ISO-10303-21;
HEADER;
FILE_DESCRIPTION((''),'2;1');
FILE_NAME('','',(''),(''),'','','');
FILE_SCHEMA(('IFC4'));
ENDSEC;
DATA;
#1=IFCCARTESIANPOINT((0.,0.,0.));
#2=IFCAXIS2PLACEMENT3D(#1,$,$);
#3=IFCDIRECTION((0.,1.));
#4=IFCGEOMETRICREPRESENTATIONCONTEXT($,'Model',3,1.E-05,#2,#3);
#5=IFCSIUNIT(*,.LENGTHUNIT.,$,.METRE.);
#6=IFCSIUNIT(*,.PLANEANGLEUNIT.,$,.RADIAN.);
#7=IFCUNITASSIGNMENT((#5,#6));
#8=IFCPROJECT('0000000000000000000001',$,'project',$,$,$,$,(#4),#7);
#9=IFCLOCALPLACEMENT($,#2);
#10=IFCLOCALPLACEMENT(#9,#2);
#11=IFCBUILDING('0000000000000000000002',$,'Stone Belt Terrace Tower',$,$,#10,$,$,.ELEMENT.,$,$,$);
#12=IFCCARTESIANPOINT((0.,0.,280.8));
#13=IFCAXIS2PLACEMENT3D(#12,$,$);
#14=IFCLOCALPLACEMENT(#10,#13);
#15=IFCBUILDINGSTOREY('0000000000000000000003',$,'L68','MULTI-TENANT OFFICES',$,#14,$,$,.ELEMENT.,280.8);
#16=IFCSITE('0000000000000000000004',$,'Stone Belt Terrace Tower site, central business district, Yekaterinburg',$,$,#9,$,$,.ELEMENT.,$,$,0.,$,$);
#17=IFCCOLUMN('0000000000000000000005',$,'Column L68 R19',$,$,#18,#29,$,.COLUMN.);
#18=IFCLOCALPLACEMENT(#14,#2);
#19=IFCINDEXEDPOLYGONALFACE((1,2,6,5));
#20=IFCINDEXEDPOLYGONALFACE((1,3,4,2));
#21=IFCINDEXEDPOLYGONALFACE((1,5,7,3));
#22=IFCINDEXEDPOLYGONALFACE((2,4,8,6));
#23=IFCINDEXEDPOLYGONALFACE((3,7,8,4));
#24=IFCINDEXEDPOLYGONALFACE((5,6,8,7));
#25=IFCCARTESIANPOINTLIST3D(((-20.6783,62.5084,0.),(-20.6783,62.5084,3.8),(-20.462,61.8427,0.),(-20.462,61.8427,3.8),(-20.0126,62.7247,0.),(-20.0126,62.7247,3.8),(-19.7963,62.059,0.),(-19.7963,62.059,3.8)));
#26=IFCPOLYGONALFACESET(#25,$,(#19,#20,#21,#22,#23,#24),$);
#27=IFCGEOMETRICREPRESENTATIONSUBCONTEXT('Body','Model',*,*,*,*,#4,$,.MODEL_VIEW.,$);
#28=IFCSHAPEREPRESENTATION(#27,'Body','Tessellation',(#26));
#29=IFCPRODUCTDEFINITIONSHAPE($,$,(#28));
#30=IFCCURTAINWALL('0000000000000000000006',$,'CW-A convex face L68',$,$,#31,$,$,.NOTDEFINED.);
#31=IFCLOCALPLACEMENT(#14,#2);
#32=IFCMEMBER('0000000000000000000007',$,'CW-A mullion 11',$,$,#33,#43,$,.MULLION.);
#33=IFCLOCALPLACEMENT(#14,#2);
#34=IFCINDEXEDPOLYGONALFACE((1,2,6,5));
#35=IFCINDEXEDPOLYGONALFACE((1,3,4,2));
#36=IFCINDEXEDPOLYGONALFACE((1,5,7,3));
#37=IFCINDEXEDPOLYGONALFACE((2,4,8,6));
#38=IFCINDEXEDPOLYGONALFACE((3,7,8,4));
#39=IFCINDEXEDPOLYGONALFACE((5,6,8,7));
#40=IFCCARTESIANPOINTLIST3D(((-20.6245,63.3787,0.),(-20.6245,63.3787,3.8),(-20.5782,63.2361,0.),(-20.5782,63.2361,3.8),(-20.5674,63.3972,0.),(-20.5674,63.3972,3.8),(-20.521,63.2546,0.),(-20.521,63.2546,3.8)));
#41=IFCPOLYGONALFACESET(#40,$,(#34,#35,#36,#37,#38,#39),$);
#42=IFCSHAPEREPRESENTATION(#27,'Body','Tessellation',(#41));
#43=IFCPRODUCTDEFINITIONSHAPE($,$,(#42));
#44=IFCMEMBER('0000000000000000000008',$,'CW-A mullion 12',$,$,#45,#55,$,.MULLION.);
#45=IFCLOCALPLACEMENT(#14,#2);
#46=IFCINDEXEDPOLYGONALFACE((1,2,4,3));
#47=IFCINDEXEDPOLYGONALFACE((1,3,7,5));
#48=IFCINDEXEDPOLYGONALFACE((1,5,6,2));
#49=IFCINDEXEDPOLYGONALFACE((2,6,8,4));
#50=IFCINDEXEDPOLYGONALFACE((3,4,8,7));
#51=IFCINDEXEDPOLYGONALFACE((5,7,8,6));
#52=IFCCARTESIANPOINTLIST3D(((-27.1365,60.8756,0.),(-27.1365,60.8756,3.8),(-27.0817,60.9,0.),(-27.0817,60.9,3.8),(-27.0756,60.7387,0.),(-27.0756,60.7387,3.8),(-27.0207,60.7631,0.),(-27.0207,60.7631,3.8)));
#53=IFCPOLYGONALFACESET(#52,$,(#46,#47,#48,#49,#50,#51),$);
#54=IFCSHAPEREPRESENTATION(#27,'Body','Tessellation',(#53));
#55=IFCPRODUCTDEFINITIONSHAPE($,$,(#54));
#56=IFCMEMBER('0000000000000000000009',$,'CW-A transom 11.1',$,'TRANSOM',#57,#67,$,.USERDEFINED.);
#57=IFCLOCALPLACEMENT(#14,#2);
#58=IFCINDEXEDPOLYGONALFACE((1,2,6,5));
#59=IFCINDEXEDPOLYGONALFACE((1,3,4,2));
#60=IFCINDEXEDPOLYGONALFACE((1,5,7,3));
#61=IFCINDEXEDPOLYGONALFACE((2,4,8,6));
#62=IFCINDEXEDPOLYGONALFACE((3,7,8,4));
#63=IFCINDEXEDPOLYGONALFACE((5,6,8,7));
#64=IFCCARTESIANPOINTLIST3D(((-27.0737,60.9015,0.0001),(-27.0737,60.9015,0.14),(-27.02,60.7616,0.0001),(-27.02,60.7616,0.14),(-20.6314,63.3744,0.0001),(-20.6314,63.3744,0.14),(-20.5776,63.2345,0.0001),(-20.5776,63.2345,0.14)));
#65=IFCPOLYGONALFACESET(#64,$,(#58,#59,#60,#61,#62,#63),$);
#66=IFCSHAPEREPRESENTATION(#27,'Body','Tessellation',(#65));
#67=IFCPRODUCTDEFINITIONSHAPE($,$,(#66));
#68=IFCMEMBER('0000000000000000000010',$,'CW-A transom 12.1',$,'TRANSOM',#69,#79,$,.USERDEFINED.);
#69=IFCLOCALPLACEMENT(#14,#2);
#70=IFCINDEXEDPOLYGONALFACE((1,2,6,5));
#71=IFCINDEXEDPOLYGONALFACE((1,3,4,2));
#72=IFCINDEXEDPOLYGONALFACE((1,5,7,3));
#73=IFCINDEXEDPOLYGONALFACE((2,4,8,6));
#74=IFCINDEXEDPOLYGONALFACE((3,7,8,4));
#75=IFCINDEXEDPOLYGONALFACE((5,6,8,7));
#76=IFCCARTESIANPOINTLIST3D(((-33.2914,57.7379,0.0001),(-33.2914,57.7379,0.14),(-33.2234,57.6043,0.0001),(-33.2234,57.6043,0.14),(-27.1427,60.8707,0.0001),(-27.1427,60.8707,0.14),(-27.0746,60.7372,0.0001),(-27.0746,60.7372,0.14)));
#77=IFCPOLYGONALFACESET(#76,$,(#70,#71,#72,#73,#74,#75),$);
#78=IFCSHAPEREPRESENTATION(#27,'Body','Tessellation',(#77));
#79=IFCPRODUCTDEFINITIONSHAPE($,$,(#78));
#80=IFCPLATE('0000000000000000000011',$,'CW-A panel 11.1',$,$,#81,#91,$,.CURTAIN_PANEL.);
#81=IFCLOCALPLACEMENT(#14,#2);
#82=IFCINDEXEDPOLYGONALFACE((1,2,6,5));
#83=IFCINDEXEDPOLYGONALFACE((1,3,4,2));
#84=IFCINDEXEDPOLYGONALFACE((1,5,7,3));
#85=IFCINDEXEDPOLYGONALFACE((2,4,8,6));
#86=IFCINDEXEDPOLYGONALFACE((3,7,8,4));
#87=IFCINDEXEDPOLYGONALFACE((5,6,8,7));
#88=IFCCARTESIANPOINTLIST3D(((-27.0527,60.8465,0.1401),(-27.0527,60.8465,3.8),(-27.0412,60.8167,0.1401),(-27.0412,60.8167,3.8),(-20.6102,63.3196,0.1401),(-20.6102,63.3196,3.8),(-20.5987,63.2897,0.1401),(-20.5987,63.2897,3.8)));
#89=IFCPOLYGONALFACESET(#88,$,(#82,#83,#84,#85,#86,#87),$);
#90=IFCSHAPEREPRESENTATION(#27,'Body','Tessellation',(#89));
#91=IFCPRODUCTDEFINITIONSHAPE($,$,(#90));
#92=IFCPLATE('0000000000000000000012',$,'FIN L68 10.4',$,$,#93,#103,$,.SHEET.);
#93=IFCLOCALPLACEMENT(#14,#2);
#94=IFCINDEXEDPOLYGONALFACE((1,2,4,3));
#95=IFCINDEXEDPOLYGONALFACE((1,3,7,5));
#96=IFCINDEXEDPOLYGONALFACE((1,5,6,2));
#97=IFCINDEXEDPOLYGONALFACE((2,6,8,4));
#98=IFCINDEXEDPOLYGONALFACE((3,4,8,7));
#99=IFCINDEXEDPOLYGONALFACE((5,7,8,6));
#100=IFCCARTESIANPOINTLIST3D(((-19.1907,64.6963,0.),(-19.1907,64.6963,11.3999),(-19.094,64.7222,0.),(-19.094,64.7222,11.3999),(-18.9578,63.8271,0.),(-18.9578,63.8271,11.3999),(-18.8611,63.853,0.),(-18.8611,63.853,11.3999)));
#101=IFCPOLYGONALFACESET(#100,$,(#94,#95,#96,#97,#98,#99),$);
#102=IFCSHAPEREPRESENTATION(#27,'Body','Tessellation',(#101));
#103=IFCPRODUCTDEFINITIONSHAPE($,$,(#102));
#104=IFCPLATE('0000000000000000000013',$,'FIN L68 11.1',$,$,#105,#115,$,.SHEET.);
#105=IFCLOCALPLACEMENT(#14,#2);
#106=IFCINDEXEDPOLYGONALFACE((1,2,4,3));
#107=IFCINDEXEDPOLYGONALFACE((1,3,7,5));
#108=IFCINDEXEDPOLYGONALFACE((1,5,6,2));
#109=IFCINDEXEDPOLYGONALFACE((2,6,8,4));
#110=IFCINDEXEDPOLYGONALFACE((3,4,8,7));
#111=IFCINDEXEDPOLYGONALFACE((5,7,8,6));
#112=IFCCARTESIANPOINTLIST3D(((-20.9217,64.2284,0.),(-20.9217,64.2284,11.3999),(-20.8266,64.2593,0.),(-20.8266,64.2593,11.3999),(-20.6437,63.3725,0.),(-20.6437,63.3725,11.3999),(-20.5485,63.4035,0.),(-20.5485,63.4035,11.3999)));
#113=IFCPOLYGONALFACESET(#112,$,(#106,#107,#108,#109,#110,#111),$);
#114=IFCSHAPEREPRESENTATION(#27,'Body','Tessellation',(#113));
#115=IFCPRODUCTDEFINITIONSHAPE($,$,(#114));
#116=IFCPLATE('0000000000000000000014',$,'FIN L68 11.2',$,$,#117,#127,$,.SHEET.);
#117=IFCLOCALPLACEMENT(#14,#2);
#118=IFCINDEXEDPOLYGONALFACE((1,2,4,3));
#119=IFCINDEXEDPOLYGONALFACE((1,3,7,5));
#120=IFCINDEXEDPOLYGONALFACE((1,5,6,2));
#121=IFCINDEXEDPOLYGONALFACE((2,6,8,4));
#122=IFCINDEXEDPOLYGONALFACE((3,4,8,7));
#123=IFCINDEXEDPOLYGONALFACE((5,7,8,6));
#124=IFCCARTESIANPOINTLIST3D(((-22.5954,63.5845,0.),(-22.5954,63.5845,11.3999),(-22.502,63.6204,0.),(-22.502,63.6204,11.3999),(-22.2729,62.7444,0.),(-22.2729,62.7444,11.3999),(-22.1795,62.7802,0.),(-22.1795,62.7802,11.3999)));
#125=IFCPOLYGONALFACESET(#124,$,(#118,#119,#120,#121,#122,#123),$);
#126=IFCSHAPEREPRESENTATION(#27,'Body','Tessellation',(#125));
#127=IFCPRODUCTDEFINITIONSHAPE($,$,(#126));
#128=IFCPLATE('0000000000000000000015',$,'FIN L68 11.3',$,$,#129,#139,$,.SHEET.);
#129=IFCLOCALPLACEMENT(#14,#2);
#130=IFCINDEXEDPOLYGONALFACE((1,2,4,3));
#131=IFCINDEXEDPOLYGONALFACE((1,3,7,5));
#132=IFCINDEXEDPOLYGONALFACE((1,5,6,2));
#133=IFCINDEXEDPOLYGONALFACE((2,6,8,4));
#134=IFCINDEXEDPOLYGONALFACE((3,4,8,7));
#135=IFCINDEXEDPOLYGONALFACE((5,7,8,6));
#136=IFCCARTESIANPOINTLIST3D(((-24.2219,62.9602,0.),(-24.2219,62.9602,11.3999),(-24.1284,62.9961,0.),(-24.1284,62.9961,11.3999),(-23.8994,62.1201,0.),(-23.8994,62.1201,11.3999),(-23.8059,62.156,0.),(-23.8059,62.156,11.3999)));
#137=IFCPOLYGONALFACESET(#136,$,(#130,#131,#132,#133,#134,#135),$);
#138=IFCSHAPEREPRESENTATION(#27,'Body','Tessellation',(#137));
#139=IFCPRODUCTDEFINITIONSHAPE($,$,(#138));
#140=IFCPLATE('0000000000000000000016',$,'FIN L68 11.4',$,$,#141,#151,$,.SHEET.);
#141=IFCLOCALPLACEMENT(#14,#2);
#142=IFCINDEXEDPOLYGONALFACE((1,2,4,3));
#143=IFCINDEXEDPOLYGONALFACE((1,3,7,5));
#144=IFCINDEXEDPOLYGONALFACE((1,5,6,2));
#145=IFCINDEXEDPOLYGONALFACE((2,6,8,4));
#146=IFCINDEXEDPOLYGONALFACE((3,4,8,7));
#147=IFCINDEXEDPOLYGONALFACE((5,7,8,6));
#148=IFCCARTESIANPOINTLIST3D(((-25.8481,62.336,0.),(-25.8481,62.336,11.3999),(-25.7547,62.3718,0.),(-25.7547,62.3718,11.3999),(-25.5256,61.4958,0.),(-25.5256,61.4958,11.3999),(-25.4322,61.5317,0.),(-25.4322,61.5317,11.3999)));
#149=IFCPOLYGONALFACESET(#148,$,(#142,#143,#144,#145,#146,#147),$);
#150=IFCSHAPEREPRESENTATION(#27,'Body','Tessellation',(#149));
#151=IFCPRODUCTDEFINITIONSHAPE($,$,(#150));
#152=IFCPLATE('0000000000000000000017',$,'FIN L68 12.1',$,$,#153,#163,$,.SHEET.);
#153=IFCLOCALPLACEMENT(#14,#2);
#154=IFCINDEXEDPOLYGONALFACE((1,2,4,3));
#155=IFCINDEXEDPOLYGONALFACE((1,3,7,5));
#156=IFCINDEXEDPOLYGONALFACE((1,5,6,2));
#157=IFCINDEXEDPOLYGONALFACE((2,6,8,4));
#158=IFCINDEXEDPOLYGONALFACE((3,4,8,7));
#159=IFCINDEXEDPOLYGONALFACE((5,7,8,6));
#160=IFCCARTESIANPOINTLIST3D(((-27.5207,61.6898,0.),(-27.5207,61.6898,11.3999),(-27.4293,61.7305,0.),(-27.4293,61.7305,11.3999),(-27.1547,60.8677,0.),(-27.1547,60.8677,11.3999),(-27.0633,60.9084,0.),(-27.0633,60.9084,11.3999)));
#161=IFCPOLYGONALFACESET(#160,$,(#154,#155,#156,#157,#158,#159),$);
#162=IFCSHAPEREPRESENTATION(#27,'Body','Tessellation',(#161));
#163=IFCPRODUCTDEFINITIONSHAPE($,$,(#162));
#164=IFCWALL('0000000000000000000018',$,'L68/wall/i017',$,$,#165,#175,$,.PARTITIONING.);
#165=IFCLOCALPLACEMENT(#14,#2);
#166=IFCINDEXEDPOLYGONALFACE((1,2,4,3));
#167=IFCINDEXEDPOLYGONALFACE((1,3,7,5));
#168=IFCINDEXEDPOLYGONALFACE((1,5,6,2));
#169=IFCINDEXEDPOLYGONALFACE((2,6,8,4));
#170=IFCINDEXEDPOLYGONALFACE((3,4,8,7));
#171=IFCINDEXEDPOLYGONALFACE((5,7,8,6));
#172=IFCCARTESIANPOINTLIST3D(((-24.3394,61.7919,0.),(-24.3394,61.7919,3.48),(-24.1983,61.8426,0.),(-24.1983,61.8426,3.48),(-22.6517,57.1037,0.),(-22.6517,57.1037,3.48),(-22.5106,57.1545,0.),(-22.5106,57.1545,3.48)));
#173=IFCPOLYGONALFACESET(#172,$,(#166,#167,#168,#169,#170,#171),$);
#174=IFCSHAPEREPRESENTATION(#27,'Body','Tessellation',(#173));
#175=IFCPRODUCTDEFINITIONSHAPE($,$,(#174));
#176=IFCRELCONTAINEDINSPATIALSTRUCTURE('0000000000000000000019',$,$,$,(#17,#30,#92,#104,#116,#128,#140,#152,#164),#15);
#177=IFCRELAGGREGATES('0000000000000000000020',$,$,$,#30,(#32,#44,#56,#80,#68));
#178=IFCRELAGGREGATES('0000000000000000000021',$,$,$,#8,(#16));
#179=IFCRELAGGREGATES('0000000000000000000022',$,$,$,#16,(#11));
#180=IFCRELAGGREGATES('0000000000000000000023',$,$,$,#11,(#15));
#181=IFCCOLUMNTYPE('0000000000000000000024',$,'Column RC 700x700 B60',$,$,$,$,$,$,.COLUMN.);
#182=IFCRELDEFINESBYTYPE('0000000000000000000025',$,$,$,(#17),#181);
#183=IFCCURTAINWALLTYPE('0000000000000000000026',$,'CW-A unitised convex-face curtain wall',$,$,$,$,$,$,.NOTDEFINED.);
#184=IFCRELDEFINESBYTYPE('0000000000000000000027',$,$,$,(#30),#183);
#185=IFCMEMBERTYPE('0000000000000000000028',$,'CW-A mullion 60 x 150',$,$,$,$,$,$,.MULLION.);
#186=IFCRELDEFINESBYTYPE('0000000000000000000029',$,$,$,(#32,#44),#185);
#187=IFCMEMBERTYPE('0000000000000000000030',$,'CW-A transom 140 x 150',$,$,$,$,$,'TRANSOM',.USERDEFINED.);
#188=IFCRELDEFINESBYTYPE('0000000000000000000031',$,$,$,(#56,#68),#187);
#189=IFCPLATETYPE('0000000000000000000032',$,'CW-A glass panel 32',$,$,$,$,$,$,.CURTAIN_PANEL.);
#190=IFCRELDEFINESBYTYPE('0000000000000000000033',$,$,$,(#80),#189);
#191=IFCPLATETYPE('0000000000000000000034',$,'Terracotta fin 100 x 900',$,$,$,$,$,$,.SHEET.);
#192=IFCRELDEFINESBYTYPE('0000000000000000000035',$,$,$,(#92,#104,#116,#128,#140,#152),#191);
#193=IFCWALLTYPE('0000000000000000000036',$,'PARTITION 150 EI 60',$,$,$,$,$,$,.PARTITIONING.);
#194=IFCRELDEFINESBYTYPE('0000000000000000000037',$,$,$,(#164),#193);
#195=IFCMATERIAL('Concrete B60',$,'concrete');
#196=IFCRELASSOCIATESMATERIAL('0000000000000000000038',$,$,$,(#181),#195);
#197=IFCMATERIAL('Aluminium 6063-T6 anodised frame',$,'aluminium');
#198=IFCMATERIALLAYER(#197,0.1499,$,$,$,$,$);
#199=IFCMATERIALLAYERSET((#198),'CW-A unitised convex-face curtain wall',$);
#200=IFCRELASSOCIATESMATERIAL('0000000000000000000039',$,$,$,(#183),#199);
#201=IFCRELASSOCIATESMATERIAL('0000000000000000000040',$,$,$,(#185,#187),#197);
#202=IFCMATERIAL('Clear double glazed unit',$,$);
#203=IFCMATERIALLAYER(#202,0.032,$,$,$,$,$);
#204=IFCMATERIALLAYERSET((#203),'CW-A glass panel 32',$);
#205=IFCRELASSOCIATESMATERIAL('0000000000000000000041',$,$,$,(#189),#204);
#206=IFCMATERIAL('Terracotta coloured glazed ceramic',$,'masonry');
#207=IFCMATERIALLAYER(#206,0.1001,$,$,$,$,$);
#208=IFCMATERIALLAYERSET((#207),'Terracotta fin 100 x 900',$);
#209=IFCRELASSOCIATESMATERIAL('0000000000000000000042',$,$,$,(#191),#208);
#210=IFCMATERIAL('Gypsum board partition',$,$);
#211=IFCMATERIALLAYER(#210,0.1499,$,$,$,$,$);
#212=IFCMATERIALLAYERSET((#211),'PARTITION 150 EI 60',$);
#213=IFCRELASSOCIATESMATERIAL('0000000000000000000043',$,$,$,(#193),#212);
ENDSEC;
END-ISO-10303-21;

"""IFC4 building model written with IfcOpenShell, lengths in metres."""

from ifc_helpers import new_model, si_unit, direction, frame, frame_2d, origin, origin_2d, place, context, subcontext, project, spatial, rectangle, extrude, material, layer, layer_set, material_profile, profile_set, type_object, element, aggregate, save


model = new_model("IFC4")

# Units and contexts
model_context = context("Model", 3, precision=1e-05, world=origin(), true_north=direction((0.0, 1.0)))
body_context = subcontext(model_context, "Body", "Model", "MODEL_VIEW")
ifc_project = project(units=[si_unit("LENGTHUNIT", "METRE"), si_unit("PLANEANGLEUNIT", "RADIAN")], contexts=[model_context])

# Site, building, storey
site_placement = place(None, origin())
site = spatial("IfcSite", under=ifc_project, at=site_placement, Name="Stone Belt Terrace Tower site, central business district, Yekaterinburg", CompositionType="ELEMENT", RefElevation=0.0)
building_placement = place(site_placement, origin())
building = spatial("IfcBuilding", under=site, at=building_placement, Name="Stone Belt Terrace Tower", CompositionType="ELEMENT")
storey_placement = place(building_placement, frame((0.0, 0.0, 280.8)))
storey = spatial("IfcBuildingStorey", under=building, at=storey_placement, Name="L68", Description="MULTI-TENANT OFFICES", CompositionType="ELEMENT", Elevation=280.8)

# Column
ifc_material_1 = material(Name="Concrete B60", Category="concrete")
ifc_material_profile_1 = material_profile(ifc_material_1, rectangle(XDim=0.7, YDim=0.7, at=origin_2d()), Name="RC 700x700")
ifc_profile_set_1 = profile_set([ifc_material_profile_1], Name="Concrete B60")
column_type = type_object("IfcColumnType", Name="Column RC 700x700 B60", PredefinedType="COLUMN", material=ifc_profile_set_1)
column_placement = place(storey_placement, frame((-20.2373, 62.2837, 0.0), z_axis=(0.0, 0.0, 1.0), x_axis=(0.951057, 0.309017, 0.0)))
element("IfcColumn", 1, at=column_placement, inside=storey, type_object=column_type, Name="Column L68 R19", PredefinedType="COLUMN", context=body_context, shape_type="SweptSolid", body=[
    extrude(rectangle(XDim=0.7, YDim=0.7, at=origin_2d()), origin(), (0.0, 0.0, 1.0), 3.8),
])

# Curtain wall, members, plate
ifc_material_2 = material(Name="Aluminium 6063-T6 anodised frame", Category="aluminium")
ifc_layer_1 = layer(ifc_material_2, 0.1499)
ifc_layer_set_1 = layer_set([ifc_layer_1], Name="CW-A unitised convex-face curtain wall")
curtain_wall_type = type_object("IfcCurtainWallType", Name="CW-A unitised convex-face curtain wall", PredefinedType="NOTDEFINED", material=ifc_layer_set_1)
curtain_wall_placement = place(storey_placement, origin())
curtain_wall = element("IfcCurtainWall", 2, at=curtain_wall_placement, inside=storey, type_object=curtain_wall_type, Name="CW-A convex face L68", PredefinedType="NOTDEFINED")
ifc_material_profile_2 = material_profile(ifc_material_2, rectangle(XDim=0.1499, YDim=0.0601, at=origin_2d()), Name="Aluminium 6063-T6 60x150")
ifc_profile_set_2 = profile_set([ifc_material_profile_2], Name="Aluminium 6063-T6 anodised frame")
member_type_1 = type_object("IfcMemberType", Name="CW-A mullion 60 x 150", PredefinedType="MULLION", material=ifc_profile_set_2)
member_1_placement = place(storey_placement, frame((-20.5728, 63.3167, 0.0), z_axis=(0.0, 0.0, 1.0), x_axis=(0.309017, -0.951057, 0.0)))
member_1 = element("IfcMember", 3, at=member_1_placement, type_object=member_type_1, Name="CW-A mullion 11", PredefinedType="MULLION", context=body_context, shape_type="SweptSolid", body=[
    extrude(rectangle(XDim=0.1499, YDim=0.0601, at=origin_2d()), origin(), (0.0, 0.0, 1.0), 3.8),
])
member_2_placement = place(storey_placement, frame((-27.0786, 60.8193, 0.0), z_axis=(0.0, 0.0, 1.0), x_axis=(0.406737, -0.913545, 0.0)))
member_2 = element("IfcMember", 4, at=member_2_placement, type_object=member_type_1, Name="CW-A mullion 12", PredefinedType="MULLION", context=body_context, shape_type="SweptSolid", body=[
    extrude(rectangle(XDim=0.1499, YDim=0.0601, at=origin_2d()), origin(), (0.0, 0.0, 1.0), 3.8),
])
ifc_material_profile_3 = material_profile(ifc_material_2, rectangle(XDim=0.1499, YDim=0.1399, at=origin_2d()), Name="Aluminium 6063-T6 150x140")
ifc_profile_set_3 = profile_set([ifc_material_profile_3], Name="Aluminium 6063-T6 anodised frame")
member_type_2 = type_object("IfcMemberType", Name="CW-A transom 140 x 150", ElementType="TRANSOM", PredefinedType="USERDEFINED", material=ifc_profile_set_3)
member_3_placement = place(storey_placement, frame((-20.6045, 63.3044, 0.0701), z_axis=(-0.933585, -0.358355, 0.0), x_axis=(0.358355, -0.933585, 0.0)))
member_3 = element("IfcMember", 5, at=member_3_placement, type_object=member_type_2, Name="CW-A transom 11.1", ObjectType="TRANSOM", PredefinedType="USERDEFINED", context=body_context, shape_type="SweptSolid", body=[
    extrude(rectangle(XDim=0.1499, YDim=0.1399, at=origin_2d()), origin(), (0.0, 0.0, 1.0), 6.9006),
])
member_4_placement = place(storey_placement, frame((-27.1086, 60.804, 0.0701), z_axis=(-0.891012, -0.453979, 0.0), x_axis=(0.453979, -0.891012, 0.0)))
member_4 = element("IfcMember", 6, at=member_4_placement, type_object=member_type_2, Name="CW-A transom 12.1", ObjectType="TRANSOM", PredefinedType="USERDEFINED", context=body_context, shape_type="SweptSolid", body=[
    extrude(rectangle(XDim=0.1499, YDim=0.1399, at=origin_2d()), origin(), (0.0, 0.0, 1.0), 6.9009),
])
ifc_material_3 = material(Name="Clear double glazed unit")
ifc_layer_2 = layer(ifc_material_3, 0.032)
ifc_layer_set_2 = layer_set([ifc_layer_2], Name="CW-A glass panel 32")
plate_type_1 = type_object("IfcPlateType", Name="CW-A glass panel 32", PredefinedType="CURTAIN_PANEL", material=ifc_layer_set_2)
plate_placement = place(storey_placement, frame((-23.8257, 62.0681, 0.1401), z_axis=(0.0, 0.0, 1.0), x_axis=(-0.93358, -0.358368, 0.0)))
plate = element("IfcPlate", 7, at=plate_placement, type_object=plate_type_1, Name="CW-A panel 11.1", PredefinedType="CURTAIN_PANEL", context=body_context, shape_type="SweptSolid", body=[
    extrude(rectangle(XDim=6.9009, YDim=0.032, at=origin_2d()), origin(), (0.0, 0.0, 1.0), 3.6599),
])
aggregate(curtain_wall, [member_1, member_2, member_3, plate, member_4])

# Plates
ifc_material_4 = material(Name="Terracotta coloured glazed ceramic", Category="masonry")
ifc_layer_3 = layer(ifc_material_4, 0.1001)
ifc_layer_set_3 = layer_set([ifc_layer_3], Name="Terracotta fin 100 x 900")
plate_type_2 = type_object("IfcPlateType", Name="Terracotta fin 100 x 900", PredefinedType="SHEET", material=ifc_layer_set_3)
for number, where, z_axis, x_axis, name in (
    (8, (-19.0259, 64.2747, 0.0), (0.0, 0.0, 1.0), (-0.258819, 0.965926, 0.0), "FIN L68 10.4"),
    (9, (-20.7351, 63.8159, 0.0), (0.0, 0.0, 1.0), (-0.309017, 0.951057, 0.0), "FIN L68 11.1"),
    (10, (-22.3875, 63.1824, 0.0), (0.0, 0.0, 1.0), (-0.358368, 0.93358, 0.0), "FIN L68 11.2"),
    (11, (-24.0139, 62.5581, 0.0), (0.0, 0.0, 1.0), (-0.358368, 0.93358, 0.0), "FIN L68 11.3"),
    (12, (-25.6401, 61.9338, 0.0), (0.0, 0.0, 1.0), (-0.358368, 0.93358, 0.0), "FIN L68 11.4"),
    (13, (-27.292, 61.2991, 0.0), (0.0, 0.0, 1.0), (-0.406737, 0.913545, 0.0), "FIN L68 12.1"),
):
    element("IfcPlate", number, at=place(storey_placement, frame(where, z_axis=z_axis, x_axis=x_axis)), inside=storey, type_object=plate_type_2, Name=name, PredefinedType="SHEET", context=body_context, shape_type="SweptSolid", body=[
        extrude(rectangle(XDim=0.8999, YDim=0.1001, at=origin_2d()), origin(), (0.0, 0.0, 1.0), 11.3999),
    ])

# Wall
ifc_material_5 = material(Name="Gypsum board partition")
ifc_layer_4 = layer(ifc_material_5, 0.1499)
ifc_layer_set_4 = layer_set([ifc_layer_4], Name="PARTITION 150 EI 60")
wall_type = type_object("IfcWallType", Name="PARTITION 150 EI 60", PredefinedType="PARTITIONING", material=ifc_layer_set_4)
wall_placement = place(storey_placement, frame((-24.2688, 61.8171, 0.0), z_axis=(0.0, 0.0, 1.0), x_axis=(0.338716, -0.940889, 0.0)))
element("IfcWall", 14, at=wall_placement, inside=storey, type_object=wall_type, Name="L68/wall/i017", PredefinedType="PARTITIONING", context=body_context, shape_type="SweptSolid", body=[
    extrude(rectangle(XDim=4.9827, YDim=0.1499, at=frame_2d((2.4912, 0.0))), origin(), (0.0, 0.0, 1.0), 3.48),
])

save(model, "model.ifc")
